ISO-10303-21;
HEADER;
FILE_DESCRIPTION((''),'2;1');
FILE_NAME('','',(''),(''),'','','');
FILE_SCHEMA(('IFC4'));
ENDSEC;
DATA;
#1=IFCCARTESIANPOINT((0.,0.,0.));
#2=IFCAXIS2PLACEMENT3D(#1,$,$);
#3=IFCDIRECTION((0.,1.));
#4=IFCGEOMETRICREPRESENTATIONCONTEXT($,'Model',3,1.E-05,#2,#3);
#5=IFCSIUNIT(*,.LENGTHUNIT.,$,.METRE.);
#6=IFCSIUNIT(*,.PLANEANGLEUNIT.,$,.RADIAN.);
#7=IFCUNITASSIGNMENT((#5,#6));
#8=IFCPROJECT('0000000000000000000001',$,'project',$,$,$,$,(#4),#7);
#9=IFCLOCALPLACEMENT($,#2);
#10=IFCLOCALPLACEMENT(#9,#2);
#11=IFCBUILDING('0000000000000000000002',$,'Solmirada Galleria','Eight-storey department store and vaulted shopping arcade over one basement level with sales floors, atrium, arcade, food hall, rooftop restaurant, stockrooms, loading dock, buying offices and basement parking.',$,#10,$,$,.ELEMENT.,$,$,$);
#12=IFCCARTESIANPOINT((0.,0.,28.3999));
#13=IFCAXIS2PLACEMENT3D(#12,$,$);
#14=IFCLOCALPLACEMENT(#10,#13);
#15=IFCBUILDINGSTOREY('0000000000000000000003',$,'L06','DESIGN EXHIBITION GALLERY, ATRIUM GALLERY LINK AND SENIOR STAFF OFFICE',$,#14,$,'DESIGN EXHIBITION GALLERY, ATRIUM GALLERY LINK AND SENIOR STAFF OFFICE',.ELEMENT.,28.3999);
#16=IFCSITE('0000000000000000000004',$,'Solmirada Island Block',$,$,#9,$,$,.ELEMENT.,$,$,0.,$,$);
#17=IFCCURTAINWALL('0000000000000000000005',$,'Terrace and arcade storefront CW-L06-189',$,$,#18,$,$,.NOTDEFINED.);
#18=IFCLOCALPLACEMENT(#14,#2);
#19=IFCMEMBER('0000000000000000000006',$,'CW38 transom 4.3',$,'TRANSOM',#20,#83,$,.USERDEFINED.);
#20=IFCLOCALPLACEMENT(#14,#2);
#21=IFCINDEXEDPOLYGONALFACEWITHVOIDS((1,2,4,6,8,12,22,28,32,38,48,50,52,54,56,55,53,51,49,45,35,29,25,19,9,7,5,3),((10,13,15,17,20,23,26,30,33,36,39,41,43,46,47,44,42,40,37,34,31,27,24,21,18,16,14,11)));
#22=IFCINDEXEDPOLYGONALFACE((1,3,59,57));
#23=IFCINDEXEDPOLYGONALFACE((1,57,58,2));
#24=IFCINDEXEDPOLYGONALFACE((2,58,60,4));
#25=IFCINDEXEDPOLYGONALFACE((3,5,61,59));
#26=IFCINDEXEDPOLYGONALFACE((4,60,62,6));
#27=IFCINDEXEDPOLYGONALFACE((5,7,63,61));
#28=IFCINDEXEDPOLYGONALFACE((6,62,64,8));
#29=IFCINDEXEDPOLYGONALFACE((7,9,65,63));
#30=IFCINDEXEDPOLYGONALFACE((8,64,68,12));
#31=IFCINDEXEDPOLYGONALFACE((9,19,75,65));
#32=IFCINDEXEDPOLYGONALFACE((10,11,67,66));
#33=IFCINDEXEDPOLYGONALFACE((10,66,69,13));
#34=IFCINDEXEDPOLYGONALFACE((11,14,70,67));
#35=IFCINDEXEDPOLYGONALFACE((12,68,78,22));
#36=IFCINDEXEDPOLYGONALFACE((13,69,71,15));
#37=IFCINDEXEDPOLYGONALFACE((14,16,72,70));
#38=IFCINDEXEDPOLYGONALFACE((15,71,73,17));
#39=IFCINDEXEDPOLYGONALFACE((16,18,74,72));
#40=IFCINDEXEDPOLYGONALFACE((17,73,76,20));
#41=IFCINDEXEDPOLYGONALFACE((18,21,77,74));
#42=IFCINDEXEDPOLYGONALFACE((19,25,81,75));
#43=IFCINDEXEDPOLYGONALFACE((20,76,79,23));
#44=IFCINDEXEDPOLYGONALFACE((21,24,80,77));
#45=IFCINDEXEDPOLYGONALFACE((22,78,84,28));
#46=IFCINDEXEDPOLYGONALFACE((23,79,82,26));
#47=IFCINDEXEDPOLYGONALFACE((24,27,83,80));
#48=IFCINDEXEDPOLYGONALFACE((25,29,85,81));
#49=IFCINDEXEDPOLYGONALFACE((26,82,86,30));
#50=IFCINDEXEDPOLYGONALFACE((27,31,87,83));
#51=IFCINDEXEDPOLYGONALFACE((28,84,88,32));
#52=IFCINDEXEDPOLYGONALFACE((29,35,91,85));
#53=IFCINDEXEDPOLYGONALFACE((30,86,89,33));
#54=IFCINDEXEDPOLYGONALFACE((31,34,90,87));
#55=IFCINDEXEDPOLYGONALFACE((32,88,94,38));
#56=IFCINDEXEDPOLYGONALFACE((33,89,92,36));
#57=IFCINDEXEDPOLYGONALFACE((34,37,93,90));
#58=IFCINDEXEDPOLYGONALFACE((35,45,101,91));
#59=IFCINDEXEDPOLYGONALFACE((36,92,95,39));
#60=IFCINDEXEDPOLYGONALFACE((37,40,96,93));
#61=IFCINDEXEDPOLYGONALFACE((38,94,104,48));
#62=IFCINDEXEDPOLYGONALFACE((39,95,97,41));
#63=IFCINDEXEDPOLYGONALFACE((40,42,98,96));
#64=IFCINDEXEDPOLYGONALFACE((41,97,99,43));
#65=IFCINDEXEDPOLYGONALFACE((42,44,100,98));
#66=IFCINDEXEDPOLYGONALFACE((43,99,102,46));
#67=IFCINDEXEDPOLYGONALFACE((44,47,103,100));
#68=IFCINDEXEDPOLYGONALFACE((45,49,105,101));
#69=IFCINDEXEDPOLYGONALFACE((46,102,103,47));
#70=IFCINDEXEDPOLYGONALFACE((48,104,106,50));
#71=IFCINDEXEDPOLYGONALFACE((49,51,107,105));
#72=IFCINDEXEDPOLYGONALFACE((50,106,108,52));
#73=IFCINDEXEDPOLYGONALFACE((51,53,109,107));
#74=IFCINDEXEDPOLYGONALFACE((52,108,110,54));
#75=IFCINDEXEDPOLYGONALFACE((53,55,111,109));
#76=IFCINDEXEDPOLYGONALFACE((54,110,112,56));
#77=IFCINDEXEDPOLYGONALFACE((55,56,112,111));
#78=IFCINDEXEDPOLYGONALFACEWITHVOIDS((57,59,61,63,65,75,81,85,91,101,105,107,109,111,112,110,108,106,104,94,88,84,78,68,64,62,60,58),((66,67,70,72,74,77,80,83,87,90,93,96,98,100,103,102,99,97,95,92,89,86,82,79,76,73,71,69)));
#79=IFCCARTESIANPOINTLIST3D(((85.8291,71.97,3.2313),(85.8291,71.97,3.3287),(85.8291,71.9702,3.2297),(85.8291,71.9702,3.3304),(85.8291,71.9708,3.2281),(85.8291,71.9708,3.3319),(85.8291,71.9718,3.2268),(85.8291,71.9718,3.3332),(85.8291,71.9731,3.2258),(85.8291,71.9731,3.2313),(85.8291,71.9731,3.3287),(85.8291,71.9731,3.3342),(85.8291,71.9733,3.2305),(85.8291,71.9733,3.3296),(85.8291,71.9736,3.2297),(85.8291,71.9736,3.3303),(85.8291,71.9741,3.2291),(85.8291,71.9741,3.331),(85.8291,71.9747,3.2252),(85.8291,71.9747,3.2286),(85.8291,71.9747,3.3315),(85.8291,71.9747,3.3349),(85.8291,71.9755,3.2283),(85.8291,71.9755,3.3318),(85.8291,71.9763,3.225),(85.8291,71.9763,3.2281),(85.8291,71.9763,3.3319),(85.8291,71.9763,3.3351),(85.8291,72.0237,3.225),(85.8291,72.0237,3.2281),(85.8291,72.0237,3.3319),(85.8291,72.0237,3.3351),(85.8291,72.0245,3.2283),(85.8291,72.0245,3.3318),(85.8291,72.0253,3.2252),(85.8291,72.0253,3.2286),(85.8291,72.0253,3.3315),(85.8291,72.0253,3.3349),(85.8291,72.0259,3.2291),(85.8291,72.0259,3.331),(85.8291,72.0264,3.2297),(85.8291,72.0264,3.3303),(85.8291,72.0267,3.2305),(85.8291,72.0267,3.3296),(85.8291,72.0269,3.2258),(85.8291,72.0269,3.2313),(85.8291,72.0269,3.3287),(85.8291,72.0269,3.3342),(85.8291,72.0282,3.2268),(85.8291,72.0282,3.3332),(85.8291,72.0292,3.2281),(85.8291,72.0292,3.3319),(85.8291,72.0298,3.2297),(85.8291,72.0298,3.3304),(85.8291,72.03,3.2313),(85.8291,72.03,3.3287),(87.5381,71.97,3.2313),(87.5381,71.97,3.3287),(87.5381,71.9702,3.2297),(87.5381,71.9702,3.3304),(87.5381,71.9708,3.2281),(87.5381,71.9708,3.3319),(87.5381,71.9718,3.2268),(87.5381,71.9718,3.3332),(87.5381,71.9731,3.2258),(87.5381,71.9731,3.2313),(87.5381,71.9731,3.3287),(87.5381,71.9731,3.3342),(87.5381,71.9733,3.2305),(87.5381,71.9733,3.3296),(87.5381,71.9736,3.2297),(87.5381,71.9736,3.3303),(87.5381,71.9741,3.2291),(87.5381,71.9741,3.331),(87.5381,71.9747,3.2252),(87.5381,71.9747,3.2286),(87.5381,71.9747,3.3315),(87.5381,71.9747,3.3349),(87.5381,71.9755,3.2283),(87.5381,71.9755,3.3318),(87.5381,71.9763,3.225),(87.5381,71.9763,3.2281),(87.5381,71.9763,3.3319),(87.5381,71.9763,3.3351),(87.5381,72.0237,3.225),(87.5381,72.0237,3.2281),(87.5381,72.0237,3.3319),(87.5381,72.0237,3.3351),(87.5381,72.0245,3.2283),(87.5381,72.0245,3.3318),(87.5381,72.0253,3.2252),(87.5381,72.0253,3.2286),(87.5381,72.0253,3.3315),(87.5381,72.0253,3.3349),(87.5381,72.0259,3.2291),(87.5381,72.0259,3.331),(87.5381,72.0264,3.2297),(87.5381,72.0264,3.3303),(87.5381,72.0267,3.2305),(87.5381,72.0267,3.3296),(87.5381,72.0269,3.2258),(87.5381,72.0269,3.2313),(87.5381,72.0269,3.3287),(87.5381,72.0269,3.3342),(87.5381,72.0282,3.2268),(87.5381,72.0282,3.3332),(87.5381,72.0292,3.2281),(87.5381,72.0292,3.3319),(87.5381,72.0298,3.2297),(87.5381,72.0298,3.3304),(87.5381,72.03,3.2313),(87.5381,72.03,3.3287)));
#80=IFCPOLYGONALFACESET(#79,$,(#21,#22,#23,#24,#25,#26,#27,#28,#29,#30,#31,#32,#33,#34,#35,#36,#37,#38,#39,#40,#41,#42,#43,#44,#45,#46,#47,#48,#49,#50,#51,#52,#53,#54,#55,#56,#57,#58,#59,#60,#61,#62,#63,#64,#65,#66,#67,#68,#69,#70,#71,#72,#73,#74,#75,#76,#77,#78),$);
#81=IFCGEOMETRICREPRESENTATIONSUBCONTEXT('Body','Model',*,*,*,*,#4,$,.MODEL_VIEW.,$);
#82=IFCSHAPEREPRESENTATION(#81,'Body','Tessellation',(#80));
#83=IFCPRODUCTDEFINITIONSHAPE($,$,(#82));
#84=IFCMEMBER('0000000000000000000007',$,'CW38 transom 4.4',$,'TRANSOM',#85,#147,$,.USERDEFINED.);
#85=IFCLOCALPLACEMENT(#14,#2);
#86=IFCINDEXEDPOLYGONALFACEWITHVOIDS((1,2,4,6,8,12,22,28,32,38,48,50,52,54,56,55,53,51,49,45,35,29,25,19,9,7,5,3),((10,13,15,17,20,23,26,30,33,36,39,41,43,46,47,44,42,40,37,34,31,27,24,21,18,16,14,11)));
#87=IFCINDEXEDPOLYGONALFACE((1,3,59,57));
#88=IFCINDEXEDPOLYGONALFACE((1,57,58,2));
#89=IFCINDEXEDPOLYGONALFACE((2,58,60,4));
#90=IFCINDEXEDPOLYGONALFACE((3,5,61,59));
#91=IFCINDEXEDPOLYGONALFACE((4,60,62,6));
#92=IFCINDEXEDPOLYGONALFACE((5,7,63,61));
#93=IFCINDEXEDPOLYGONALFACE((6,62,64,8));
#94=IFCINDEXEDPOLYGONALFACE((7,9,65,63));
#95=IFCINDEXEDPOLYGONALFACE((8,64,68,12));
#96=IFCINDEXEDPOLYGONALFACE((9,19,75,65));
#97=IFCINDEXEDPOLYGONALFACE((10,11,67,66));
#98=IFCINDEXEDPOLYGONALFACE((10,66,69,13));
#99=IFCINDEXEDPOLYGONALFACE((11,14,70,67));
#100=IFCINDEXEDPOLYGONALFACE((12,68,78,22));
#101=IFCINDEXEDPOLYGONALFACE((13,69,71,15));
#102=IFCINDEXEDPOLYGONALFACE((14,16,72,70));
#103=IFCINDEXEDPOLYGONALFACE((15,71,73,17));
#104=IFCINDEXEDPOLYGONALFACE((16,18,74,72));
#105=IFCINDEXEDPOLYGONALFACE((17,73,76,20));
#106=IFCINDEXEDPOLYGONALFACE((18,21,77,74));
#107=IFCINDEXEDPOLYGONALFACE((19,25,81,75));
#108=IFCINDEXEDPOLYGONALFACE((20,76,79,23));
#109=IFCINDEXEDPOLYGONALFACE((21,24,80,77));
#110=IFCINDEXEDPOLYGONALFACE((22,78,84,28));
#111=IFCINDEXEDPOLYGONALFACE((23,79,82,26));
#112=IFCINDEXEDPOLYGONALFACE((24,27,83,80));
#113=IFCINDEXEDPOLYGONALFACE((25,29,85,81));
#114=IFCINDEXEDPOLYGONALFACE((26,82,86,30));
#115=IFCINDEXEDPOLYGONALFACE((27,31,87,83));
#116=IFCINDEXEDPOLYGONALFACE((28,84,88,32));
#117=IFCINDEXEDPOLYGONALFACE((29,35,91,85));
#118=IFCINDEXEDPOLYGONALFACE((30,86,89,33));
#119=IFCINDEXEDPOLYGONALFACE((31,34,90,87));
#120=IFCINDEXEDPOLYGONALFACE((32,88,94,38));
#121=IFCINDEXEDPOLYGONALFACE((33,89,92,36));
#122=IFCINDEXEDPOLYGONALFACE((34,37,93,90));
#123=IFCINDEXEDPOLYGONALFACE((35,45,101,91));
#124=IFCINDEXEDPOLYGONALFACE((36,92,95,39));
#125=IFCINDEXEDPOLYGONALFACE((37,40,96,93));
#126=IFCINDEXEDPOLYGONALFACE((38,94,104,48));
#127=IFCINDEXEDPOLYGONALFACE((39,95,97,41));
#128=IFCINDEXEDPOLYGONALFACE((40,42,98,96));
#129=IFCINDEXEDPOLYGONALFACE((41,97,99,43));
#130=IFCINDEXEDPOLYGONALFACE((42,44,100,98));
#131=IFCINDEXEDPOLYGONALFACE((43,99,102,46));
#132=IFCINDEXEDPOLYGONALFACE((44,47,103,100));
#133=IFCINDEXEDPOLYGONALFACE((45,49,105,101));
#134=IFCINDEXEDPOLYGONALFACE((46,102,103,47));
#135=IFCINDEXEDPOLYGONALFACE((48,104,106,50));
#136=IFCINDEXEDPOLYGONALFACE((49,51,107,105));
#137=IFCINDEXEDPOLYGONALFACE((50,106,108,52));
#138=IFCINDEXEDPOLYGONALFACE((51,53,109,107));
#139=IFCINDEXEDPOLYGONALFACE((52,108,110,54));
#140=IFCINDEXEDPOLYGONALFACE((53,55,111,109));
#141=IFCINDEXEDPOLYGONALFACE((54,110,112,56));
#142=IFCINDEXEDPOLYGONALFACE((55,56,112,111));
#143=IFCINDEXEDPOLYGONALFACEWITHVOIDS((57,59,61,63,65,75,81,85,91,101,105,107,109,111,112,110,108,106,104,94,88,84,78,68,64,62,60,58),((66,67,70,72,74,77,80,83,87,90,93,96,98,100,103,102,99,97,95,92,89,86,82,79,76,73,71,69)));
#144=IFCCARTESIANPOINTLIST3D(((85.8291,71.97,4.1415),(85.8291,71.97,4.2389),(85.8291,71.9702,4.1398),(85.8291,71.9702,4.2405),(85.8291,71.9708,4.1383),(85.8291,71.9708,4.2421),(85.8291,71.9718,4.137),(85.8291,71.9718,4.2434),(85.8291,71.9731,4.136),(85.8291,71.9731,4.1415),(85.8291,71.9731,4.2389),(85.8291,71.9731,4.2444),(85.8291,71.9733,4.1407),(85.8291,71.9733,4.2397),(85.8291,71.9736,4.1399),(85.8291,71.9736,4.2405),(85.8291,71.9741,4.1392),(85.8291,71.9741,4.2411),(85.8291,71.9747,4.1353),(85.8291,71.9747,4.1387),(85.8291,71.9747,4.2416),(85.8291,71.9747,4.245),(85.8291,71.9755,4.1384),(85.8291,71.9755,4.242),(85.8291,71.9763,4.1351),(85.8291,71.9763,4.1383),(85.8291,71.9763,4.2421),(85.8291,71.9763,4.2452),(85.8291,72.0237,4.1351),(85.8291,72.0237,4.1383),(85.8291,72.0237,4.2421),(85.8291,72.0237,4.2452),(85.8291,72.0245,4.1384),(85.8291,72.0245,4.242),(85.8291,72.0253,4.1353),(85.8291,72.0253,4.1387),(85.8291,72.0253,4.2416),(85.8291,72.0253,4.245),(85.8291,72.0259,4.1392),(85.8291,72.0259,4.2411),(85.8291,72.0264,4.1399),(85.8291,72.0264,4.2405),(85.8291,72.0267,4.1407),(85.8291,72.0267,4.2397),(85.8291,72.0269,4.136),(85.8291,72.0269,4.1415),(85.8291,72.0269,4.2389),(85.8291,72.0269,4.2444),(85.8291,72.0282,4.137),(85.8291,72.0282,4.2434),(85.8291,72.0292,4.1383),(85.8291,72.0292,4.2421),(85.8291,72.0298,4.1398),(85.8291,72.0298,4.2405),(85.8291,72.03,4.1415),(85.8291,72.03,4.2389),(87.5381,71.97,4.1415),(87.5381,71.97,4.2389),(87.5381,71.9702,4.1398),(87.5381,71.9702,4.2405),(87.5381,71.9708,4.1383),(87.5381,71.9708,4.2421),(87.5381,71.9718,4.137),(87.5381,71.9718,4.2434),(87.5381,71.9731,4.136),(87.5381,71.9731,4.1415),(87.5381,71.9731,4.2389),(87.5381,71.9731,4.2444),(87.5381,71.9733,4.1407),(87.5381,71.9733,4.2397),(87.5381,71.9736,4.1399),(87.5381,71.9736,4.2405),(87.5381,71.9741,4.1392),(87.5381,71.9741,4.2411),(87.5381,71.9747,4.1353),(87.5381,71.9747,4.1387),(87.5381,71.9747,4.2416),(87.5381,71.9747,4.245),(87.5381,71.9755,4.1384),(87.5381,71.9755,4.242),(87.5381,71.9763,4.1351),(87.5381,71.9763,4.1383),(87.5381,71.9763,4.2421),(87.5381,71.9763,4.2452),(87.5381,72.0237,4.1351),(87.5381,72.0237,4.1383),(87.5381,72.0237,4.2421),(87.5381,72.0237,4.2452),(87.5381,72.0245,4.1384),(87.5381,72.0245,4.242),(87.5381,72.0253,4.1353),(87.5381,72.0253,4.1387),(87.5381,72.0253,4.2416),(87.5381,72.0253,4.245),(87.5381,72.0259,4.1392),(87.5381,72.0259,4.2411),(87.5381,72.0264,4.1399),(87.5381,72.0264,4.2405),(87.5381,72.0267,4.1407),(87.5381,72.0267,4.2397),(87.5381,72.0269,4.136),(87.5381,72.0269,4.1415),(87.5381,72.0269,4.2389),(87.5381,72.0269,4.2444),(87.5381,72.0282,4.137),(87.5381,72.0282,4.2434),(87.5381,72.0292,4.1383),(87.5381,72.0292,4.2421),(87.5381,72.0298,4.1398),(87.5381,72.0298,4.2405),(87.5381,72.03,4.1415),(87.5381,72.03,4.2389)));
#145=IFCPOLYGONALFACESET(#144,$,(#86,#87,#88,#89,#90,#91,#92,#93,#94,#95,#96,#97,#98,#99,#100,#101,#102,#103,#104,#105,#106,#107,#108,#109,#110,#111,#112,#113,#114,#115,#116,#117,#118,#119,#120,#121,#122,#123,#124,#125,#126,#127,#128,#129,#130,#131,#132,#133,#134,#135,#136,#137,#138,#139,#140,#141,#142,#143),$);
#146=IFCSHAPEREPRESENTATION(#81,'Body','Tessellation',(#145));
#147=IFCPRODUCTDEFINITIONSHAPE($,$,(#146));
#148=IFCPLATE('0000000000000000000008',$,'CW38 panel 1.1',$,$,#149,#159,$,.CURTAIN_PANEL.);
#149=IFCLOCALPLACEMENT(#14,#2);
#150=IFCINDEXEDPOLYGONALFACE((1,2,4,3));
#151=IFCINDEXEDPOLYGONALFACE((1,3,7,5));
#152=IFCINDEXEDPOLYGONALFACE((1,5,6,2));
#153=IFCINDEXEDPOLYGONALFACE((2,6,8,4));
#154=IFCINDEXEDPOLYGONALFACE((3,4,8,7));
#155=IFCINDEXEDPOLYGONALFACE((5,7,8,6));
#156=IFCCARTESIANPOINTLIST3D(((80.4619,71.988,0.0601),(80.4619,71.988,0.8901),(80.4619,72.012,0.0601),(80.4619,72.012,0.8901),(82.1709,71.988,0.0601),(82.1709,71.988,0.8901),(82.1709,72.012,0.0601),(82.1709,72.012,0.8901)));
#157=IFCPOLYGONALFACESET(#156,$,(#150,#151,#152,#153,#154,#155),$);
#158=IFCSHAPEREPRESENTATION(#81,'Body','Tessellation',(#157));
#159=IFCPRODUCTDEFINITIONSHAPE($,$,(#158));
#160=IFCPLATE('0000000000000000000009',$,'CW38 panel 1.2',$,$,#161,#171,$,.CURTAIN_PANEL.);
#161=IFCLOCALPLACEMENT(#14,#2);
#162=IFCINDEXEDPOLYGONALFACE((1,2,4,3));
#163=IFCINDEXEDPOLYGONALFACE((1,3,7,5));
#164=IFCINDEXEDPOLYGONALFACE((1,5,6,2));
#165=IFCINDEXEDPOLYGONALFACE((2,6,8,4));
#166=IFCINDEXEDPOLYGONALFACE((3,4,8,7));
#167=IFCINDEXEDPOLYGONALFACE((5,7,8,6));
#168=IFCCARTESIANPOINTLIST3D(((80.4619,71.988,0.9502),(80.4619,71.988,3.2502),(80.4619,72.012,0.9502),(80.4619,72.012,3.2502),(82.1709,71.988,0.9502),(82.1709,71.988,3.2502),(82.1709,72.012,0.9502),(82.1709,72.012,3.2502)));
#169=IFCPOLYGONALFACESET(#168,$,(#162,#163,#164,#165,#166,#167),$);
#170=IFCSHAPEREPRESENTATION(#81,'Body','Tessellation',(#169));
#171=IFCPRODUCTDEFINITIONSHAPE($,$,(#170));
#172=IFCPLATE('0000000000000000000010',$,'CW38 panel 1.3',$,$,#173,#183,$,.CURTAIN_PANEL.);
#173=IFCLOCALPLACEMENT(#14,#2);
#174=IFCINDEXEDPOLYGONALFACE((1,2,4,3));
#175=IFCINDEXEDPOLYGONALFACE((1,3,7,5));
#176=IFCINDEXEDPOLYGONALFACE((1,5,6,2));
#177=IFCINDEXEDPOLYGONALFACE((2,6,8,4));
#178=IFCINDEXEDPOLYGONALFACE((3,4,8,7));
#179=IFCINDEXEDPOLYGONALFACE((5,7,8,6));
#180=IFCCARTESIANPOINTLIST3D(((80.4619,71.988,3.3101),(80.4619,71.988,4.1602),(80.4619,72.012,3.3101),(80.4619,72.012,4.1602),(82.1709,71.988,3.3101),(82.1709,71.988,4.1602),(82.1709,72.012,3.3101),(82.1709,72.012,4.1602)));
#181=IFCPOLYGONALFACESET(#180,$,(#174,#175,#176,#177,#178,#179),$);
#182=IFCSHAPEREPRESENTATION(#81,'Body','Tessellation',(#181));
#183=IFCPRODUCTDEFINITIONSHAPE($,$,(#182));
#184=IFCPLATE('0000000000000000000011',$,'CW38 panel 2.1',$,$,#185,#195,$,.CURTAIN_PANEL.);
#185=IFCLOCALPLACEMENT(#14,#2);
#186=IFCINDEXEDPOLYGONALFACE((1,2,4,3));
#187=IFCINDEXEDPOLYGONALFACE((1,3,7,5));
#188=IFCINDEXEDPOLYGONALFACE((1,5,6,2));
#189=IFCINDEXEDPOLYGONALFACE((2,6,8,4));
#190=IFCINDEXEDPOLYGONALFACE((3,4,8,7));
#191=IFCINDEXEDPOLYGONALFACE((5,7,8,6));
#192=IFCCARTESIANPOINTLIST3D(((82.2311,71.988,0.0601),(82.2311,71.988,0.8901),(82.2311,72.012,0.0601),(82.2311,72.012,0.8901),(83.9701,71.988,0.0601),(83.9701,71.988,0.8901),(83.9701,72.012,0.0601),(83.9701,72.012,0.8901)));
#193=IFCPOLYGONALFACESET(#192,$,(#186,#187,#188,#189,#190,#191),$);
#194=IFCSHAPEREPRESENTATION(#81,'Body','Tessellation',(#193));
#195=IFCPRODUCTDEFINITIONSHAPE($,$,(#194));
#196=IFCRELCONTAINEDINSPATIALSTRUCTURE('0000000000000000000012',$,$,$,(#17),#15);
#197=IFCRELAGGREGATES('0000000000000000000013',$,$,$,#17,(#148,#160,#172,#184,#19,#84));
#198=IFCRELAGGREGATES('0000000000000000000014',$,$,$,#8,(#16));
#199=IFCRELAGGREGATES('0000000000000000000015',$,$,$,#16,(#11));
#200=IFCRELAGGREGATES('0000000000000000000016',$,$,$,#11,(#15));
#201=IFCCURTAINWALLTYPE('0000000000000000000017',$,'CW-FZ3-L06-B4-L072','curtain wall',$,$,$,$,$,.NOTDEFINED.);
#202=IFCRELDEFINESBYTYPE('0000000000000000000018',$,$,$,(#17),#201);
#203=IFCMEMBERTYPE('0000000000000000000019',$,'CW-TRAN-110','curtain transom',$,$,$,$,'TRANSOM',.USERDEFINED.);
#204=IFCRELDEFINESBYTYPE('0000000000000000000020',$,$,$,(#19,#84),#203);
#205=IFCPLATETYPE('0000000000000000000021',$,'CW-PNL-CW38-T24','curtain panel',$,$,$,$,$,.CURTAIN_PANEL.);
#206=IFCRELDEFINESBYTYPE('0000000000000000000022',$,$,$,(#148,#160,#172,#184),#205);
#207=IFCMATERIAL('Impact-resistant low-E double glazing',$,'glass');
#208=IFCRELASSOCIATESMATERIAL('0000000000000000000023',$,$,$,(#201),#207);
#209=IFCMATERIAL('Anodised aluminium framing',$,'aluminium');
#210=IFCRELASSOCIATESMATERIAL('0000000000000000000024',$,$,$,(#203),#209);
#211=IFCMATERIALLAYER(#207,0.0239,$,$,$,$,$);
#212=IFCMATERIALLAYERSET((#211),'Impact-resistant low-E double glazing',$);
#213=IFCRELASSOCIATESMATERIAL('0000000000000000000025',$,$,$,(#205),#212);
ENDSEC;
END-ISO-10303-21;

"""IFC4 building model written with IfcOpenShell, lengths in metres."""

from ifc_helpers import new_model, si_unit, direction, frame, origin, origin_2d, place, context, subcontext, project, spatial, rectangle, hollow_rectangle, extrude, material, layer, layer_set, material_profile, profile_set, type_object, element, aggregate, save


model = new_model("IFC4")

# Units and contexts
model_context = context("Model", 3, precision=1e-05, world=origin(), true_north=direction((0.0, 1.0)))
body_context = subcontext(model_context, "Body", "Model", "MODEL_VIEW")
ifc_project = project(units=[si_unit("LENGTHUNIT", "METRE"), si_unit("PLANEANGLEUNIT", "RADIAN")], contexts=[model_context])

# Site, building, storey
site_placement = place(None, origin())
site = spatial("IfcSite", under=ifc_project, at=site_placement, Name="Solmirada Island Block", CompositionType="ELEMENT", RefElevation=0.0)
building_placement = place(site_placement, origin())
building = spatial("IfcBuilding", under=site, at=building_placement, Name="Solmirada Galleria", Description="Eight-storey department store and vaulted shopping arcade over one basement level with sales floors, atrium, arcade, food hall, rooftop restaurant, stockrooms, loading dock, buying offices and basement parking.", CompositionType="ELEMENT")
storey_placement = place(building_placement, frame((0.0, 0.0, 28.3999)))
storey = spatial("IfcBuildingStorey", under=building, at=storey_placement, Name="L06", Description="DESIGN EXHIBITION GALLERY, ATRIUM GALLERY LINK AND SENIOR STAFF OFFICE", LongName="DESIGN EXHIBITION GALLERY, ATRIUM GALLERY LINK AND SENIOR STAFF OFFICE", CompositionType="ELEMENT", Elevation=28.3999)

# Curtain wall, members, plates
ifc_material_1 = material(Name="Impact-resistant low-E double glazing", Category="glass")
curtain_wall_type = type_object("IfcCurtainWallType", Name="CW-FZ3-L06-B4-L072", Description="curtain wall", PredefinedType="NOTDEFINED", material=ifc_material_1)
curtain_wall_placement = place(storey_placement, origin())
curtain_wall = element("IfcCurtainWall", 1, at=curtain_wall_placement, inside=storey, type_object=curtain_wall_type, Name="Terrace and arcade storefront CW-L06-189", PredefinedType="NOTDEFINED")
ifc_material_2 = material(Name="Anodised aluminium framing", Category="aluminium")
ifc_material_profile_1 = material_profile(ifc_material_2, hollow_rectangle(XDim=0.0601, YDim=0.1101, WallThickness=0.0032, InnerFilletRadius=0.0032, OuterFilletRadius=0.0063, at=origin_2d()), Name="ALU-TRAN-110X60")
ifc_profile_set_1 = profile_set([ifc_material_profile_1], Name="Anodised aluminium framing")
member_type_1 = type_object("IfcMemberType", Name="CW-TRAN-110", Description="curtain transom", ElementType="TRANSOM", PredefinedType="USERDEFINED", material=ifc_profile_set_1)
member_1_placement = place(storey_placement, frame((85.8291, 72.0, 3.28), z_axis=(1.0, 0.0, 0.0), x_axis=(0.0, 1.0, 0.0)))
member_1 = element("IfcMember", 2, at=member_1_placement, type_object=member_type_1, Name="CW38 transom 4.3", ObjectType="TRANSOM", PredefinedType="USERDEFINED", context=body_context, shape_type="SweptSolid", body=[
    extrude(hollow_rectangle(XDim=0.0601, YDim=0.1101, WallThickness=0.0032, InnerFilletRadius=0.0032, OuterFilletRadius=0.0063, at=origin_2d()), origin(), (0.0, 0.0, 1.0), 1.709),
])
member_2_placement = place(storey_placement, frame((85.8291, 72.0, 4.1902), z_axis=(1.0, 0.0, 0.0), x_axis=(0.0, 1.0, 0.0)))
member_2 = element("IfcMember", 3, at=member_2_placement, type_object=member_type_1, Name="CW38 transom 4.4", ObjectType="TRANSOM", PredefinedType="USERDEFINED", context=body_context, shape_type="SweptSolid", body=[
    extrude(hollow_rectangle(XDim=0.0601, YDim=0.1101, WallThickness=0.0032, InnerFilletRadius=0.0032, OuterFilletRadius=0.0063, at=origin_2d()), origin(), (0.0, 0.0, 1.0), 1.709),
])
ifc_layer_1 = layer(ifc_material_1, 0.0239)
ifc_layer_set_1 = layer_set([ifc_layer_1], Name="Impact-resistant low-E double glazing")
plate_type = type_object("IfcPlateType", Name="CW-PNL-CW38-T24", Description="curtain panel", PredefinedType="CURTAIN_PANEL", material=ifc_layer_set_1)
plate_1_placement = place(storey_placement, frame((81.3164, 72.0, 0.0601), z_axis=(0.0, 0.0, 1.0), x_axis=(1.0, 0.0, 0.0)))
plate_1 = element("IfcPlate", 4, at=plate_1_placement, type_object=plate_type, Name="CW38 panel 1.1", PredefinedType="CURTAIN_PANEL", context=body_context, shape_type="SweptSolid", body=[
    extrude(rectangle(XDim=1.709, YDim=0.0239, at=origin_2d()), origin(), (0.0, 0.0, 1.0), 0.8301),
])
plate_2_placement = place(storey_placement, frame((81.3164, 72.0, 0.9502), z_axis=(0.0, 0.0, 1.0), x_axis=(1.0, 0.0, 0.0)))
plate_2 = element("IfcPlate", 5, at=plate_2_placement, type_object=plate_type, Name="CW38 panel 1.2", PredefinedType="CURTAIN_PANEL", context=body_context, shape_type="SweptSolid", body=[
    extrude(rectangle(XDim=1.709, YDim=0.0239, at=origin_2d()), origin(), (0.0, 0.0, 1.0), 2.3),
])
plate_3_placement = place(storey_placement, frame((81.3164, 72.0, 3.3101), z_axis=(0.0, 0.0, 1.0), x_axis=(1.0, 0.0, 0.0)))
plate_3 = element("IfcPlate", 6, at=plate_3_placement, type_object=plate_type, Name="CW38 panel 1.3", PredefinedType="CURTAIN_PANEL", context=body_context, shape_type="SweptSolid", body=[
    extrude(rectangle(XDim=1.709, YDim=0.0239, at=origin_2d()), origin(), (0.0, 0.0, 1.0), 0.8501),
])
plate_4_placement = place(storey_placement, frame((83.1006, 72.0, 0.0601), z_axis=(0.0, 0.0, 1.0), x_axis=(1.0, 0.0, 0.0)))
plate_4 = element("IfcPlate", 7, at=plate_4_placement, type_object=plate_type, Name="CW38 panel 2.1", PredefinedType="CURTAIN_PANEL", context=body_context, shape_type="SweptSolid", body=[
    extrude(rectangle(XDim=1.739, YDim=0.0239, at=origin_2d()), origin(), (0.0, 0.0, 1.0), 0.8301),
])
aggregate(curtain_wall, [plate_1, plate_2, plate_3, plate_4, member_1, member_2])

save(model, "model.ifc")
